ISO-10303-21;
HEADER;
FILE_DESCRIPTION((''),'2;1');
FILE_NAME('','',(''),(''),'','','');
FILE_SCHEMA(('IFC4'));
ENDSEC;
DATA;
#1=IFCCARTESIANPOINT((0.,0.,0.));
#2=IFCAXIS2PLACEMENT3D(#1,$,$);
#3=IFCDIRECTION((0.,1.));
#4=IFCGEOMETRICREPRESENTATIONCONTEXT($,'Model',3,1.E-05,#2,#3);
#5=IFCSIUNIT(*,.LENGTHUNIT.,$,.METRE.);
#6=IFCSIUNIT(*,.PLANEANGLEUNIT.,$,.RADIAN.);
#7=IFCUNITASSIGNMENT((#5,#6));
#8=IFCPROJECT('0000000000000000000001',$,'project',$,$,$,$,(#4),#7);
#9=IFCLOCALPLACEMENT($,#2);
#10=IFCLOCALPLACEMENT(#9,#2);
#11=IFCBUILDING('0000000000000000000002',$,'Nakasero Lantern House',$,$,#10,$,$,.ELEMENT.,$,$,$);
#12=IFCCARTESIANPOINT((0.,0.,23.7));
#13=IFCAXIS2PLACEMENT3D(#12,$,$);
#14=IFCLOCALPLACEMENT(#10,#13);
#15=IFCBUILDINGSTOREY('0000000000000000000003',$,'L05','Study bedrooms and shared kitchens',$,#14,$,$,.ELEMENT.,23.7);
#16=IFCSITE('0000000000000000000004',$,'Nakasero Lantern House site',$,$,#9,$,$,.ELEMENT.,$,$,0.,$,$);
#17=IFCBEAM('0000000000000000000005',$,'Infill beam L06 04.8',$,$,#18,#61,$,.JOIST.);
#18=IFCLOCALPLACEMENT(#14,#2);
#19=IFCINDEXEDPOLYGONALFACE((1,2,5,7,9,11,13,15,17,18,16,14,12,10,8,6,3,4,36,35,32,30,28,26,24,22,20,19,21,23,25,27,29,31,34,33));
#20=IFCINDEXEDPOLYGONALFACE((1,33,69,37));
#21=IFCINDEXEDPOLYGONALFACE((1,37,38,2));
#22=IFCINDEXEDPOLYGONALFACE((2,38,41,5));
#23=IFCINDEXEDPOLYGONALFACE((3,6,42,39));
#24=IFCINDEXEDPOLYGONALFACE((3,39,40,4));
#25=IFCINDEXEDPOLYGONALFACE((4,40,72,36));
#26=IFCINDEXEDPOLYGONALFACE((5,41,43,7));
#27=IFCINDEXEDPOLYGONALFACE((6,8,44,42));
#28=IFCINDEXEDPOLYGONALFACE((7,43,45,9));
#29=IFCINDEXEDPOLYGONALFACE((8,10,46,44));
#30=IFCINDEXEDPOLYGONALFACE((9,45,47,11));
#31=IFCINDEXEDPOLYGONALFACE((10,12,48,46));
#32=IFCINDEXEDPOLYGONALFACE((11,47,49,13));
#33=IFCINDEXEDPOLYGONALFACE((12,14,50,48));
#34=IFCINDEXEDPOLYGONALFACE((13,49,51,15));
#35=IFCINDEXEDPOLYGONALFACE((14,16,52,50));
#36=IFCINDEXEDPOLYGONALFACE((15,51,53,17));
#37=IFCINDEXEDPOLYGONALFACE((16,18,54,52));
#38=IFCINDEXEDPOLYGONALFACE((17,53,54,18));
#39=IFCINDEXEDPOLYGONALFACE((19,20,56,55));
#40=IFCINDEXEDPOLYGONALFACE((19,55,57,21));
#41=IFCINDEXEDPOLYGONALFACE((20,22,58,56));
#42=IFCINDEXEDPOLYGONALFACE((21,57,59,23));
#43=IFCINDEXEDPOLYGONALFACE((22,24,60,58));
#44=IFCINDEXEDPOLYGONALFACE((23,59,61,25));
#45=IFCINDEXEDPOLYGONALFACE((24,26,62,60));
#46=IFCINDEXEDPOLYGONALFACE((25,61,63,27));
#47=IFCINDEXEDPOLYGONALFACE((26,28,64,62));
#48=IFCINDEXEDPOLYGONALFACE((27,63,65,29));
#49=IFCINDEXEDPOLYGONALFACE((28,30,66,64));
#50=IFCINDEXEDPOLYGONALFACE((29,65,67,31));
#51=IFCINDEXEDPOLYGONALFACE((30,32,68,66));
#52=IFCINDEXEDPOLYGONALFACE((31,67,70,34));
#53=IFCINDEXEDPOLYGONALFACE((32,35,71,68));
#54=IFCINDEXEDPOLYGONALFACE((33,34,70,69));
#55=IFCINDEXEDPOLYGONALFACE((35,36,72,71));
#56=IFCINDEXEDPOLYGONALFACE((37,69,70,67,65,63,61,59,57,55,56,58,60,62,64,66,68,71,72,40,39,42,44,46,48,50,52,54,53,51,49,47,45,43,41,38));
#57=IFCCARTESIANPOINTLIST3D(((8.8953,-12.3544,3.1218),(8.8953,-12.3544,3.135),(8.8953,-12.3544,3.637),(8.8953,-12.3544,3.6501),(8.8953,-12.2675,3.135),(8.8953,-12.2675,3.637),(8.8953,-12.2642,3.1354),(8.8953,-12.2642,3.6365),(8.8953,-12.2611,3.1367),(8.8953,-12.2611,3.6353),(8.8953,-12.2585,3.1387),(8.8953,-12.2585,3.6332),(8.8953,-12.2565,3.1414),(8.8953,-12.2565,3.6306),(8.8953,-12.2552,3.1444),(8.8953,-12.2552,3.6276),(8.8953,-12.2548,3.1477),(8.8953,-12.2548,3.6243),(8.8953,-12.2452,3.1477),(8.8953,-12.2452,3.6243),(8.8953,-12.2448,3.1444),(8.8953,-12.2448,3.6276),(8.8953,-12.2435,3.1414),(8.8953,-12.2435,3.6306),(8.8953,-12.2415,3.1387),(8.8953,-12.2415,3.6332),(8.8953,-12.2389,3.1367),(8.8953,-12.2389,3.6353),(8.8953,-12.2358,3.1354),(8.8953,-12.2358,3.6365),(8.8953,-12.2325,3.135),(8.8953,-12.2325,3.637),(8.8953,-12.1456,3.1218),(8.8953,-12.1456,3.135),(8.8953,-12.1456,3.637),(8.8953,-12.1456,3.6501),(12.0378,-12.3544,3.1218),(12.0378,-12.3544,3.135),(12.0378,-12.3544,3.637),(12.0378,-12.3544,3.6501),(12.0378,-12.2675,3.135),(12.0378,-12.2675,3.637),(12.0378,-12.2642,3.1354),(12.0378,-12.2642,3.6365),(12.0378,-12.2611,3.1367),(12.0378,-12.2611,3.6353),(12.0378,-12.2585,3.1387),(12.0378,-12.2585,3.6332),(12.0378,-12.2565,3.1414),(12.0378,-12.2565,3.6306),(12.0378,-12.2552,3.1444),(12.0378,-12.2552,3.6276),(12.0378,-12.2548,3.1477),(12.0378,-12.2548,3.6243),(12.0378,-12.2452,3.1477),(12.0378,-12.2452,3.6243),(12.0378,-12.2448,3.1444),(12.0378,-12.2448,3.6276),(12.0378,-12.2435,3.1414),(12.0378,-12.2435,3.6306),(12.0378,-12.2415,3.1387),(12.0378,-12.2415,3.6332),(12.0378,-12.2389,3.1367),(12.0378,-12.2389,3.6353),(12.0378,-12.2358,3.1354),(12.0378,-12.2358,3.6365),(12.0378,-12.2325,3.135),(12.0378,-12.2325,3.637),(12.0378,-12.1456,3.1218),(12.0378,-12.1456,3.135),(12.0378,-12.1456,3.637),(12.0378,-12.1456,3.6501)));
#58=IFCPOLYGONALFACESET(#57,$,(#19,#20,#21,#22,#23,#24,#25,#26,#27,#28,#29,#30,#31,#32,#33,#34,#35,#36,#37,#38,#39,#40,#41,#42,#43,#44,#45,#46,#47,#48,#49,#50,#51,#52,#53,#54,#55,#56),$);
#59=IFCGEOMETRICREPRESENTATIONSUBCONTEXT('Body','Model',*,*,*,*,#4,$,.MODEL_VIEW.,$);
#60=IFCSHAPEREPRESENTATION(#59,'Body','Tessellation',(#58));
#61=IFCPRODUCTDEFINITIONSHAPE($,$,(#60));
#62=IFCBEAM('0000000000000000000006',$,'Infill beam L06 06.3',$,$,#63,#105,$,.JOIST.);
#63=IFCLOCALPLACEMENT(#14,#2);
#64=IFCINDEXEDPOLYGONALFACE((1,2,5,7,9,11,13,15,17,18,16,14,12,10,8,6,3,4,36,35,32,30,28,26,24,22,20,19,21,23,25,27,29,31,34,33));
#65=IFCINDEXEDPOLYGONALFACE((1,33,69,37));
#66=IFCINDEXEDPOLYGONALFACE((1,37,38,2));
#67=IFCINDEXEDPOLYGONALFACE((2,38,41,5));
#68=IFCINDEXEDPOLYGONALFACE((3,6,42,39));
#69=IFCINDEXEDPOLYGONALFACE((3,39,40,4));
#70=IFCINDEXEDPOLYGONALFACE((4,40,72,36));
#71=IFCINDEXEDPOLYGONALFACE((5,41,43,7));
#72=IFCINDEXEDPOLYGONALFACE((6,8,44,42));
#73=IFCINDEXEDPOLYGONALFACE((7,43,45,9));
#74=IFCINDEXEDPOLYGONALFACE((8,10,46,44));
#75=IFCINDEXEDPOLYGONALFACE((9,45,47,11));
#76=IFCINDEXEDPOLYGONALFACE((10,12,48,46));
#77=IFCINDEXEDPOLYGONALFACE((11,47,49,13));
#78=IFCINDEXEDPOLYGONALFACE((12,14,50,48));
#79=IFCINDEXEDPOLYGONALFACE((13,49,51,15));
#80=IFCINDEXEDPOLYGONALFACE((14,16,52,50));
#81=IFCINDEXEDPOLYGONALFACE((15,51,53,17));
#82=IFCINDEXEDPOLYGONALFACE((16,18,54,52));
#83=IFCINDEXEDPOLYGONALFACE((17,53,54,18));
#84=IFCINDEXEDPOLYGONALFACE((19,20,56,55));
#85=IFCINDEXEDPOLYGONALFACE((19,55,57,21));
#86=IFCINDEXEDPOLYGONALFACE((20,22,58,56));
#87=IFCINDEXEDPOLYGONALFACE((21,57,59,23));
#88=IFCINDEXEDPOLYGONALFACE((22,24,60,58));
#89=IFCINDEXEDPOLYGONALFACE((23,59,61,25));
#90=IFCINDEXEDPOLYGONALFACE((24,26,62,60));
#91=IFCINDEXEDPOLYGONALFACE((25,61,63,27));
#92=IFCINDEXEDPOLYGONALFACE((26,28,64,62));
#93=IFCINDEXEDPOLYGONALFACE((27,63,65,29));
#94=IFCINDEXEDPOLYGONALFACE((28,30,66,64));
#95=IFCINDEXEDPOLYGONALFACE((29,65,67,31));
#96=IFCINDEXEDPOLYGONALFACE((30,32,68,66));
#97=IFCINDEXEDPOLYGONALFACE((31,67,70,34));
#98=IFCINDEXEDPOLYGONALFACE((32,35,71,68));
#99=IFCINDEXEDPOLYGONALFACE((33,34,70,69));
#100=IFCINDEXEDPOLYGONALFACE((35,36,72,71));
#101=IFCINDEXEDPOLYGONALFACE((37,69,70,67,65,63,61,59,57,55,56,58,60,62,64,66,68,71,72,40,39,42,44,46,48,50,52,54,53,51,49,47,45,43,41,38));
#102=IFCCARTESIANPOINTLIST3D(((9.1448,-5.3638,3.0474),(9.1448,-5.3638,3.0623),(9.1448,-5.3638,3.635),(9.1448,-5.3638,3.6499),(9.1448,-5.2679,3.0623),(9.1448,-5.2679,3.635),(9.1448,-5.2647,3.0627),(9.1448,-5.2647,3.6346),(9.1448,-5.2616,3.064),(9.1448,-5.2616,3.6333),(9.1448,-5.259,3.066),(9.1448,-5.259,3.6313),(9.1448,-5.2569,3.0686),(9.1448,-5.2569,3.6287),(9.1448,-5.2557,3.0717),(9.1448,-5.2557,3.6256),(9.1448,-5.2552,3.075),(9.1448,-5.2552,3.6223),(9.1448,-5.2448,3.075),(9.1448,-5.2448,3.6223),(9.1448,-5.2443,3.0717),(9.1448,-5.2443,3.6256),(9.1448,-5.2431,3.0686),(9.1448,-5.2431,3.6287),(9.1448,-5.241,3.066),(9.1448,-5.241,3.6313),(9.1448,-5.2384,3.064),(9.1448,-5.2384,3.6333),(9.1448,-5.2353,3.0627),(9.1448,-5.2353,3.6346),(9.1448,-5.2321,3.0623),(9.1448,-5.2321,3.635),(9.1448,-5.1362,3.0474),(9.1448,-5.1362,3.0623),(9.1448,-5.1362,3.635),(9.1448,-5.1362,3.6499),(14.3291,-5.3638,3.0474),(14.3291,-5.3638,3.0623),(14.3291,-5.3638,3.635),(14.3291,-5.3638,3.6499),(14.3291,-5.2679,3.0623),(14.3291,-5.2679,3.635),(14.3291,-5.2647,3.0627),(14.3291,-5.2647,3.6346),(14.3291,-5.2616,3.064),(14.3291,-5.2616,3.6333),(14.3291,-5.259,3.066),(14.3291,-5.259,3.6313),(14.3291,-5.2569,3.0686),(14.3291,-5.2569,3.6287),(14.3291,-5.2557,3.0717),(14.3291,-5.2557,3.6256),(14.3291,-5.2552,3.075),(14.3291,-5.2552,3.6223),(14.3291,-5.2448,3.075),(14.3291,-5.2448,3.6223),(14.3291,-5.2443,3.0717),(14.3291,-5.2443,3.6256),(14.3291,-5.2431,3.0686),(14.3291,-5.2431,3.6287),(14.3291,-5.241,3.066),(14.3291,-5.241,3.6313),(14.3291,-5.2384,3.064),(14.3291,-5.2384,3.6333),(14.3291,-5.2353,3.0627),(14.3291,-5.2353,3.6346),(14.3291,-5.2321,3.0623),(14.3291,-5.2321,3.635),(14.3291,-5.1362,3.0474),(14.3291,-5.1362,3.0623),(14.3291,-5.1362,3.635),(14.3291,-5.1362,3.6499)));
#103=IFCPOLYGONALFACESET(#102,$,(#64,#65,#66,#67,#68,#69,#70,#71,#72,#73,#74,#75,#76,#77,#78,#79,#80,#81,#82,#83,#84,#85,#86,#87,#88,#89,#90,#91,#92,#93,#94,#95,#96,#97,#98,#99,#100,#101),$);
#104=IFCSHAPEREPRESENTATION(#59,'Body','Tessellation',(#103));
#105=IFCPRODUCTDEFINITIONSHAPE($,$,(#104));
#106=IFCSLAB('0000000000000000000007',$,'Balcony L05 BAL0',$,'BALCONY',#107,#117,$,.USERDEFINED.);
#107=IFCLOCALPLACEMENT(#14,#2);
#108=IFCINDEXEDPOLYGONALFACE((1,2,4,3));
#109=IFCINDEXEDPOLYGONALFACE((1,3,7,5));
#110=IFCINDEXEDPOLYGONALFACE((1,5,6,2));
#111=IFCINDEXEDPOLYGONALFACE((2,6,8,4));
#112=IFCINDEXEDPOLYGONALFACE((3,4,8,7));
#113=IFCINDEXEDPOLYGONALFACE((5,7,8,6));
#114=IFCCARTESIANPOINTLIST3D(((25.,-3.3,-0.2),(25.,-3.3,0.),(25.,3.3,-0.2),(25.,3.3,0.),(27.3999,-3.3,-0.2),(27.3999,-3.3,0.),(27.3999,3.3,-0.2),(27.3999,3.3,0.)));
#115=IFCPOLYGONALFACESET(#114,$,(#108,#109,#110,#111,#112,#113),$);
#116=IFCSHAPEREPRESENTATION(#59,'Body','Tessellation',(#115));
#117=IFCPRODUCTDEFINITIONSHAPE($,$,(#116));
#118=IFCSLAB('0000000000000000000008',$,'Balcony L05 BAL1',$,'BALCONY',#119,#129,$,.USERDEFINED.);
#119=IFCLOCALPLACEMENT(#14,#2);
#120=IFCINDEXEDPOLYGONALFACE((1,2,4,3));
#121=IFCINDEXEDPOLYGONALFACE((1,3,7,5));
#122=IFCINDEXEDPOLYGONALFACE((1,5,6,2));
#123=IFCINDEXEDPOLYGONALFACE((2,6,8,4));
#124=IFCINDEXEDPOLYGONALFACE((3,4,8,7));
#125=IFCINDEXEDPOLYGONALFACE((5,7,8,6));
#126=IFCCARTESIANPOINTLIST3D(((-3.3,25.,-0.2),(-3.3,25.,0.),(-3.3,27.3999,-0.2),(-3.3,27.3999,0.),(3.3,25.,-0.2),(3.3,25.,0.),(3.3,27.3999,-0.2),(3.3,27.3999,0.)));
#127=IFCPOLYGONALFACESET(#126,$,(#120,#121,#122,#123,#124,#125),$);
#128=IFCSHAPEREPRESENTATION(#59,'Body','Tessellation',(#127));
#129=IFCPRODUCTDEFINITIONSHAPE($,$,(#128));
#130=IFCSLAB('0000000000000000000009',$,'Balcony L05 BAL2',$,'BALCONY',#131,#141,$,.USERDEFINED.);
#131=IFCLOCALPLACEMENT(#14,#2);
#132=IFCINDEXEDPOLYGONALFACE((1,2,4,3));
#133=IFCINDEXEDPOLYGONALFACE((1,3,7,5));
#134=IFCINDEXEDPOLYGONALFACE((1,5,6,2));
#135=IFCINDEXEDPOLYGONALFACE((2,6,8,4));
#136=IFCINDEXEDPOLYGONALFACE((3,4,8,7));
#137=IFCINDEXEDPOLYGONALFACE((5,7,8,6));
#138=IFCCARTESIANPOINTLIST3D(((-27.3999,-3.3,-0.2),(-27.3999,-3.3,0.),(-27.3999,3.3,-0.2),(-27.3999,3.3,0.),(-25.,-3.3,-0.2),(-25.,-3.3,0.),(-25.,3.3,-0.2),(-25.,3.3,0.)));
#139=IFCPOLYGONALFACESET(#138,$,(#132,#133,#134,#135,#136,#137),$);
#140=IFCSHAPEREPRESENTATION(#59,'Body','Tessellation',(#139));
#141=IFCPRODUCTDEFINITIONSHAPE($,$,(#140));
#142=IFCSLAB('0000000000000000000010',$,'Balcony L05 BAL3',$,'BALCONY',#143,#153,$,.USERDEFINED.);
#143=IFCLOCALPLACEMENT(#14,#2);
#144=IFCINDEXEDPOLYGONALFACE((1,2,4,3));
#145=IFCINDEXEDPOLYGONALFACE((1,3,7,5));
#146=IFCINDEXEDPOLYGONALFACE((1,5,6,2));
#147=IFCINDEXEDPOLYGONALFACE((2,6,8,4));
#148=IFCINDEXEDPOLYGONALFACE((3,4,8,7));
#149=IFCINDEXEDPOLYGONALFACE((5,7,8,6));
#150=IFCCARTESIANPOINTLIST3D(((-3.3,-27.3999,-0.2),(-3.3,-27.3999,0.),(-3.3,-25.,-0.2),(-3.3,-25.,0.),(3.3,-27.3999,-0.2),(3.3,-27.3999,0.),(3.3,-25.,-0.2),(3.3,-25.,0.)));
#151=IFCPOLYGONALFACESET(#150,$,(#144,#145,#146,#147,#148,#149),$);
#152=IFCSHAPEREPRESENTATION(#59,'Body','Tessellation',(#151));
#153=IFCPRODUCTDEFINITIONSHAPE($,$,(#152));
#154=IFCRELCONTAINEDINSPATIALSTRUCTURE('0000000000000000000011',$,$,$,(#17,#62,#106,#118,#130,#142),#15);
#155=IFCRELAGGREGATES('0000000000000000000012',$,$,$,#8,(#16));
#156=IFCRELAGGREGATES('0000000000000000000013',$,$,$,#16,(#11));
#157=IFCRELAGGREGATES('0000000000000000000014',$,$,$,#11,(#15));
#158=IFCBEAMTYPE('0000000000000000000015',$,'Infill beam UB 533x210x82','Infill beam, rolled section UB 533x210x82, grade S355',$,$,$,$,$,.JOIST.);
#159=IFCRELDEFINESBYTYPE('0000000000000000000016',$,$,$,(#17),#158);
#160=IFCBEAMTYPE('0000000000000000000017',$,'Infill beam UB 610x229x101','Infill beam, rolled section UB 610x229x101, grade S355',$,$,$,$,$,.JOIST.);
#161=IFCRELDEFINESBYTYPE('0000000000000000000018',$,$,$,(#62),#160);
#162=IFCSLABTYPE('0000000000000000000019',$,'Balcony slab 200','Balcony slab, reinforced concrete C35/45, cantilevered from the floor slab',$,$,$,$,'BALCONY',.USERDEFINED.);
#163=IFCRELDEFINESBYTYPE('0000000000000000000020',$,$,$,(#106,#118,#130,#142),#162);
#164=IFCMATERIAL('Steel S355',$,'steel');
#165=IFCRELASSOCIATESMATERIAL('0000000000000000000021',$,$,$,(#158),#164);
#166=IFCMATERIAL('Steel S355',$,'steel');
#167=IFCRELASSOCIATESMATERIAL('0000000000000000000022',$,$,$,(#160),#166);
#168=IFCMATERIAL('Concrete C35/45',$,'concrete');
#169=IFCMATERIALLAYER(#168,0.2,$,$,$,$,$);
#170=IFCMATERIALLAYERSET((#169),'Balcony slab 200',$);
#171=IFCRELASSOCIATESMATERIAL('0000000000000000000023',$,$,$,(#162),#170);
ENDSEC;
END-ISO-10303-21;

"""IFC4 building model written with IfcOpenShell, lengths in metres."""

from ifc_helpers import new_model, si_unit, direction, frame, origin, origin_2d, place, context, subcontext, project, spatial, polyline, i_section, outline, extrude, material, layer, layer_set, material_profile, profile_set, type_object, element, save


model = new_model("IFC4")

# Units and contexts
model_context = context("Model", 3, precision=1e-05, world=origin(), true_north=direction((0.0, 1.0)))
body_context = subcontext(model_context, "Body", "Model", "MODEL_VIEW")
ifc_project = project(units=[si_unit("LENGTHUNIT", "METRE"), si_unit("PLANEANGLEUNIT", "RADIAN")], contexts=[model_context])

# Site, building, storey
site_placement = place(None, origin())
site = spatial("IfcSite", under=ifc_project, at=site_placement, Name="Nakasero Lantern House site", CompositionType="ELEMENT", RefElevation=0.0)
building_placement = place(site_placement, origin())
building = spatial("IfcBuilding", under=site, at=building_placement, Name="Nakasero Lantern House", CompositionType="ELEMENT")
storey_placement = place(building_placement, frame((0.0, 0.0, 23.7)))
storey = spatial("IfcBuildingStorey", under=building, at=storey_placement, Name="L05", Description="Study bedrooms and shared kitchens", CompositionType="ELEMENT", Elevation=23.7)

# Beams
ifc_material_1 = material(Name="Steel S355", Category="steel")
ifc_material_profile_1 = material_profile(ifc_material_1, i_section(OverallWidth=0.2087, OverallDepth=0.5283, WebThickness=0.0095, FlangeThickness=0.0132, FilletRadius=0.0127, at=origin_2d()), Name="UB 533x210x82")
ifc_profile_set_1 = profile_set([ifc_material_profile_1], Name="Steel S355")
beam_type_1 = type_object("IfcBeamType", Name="Infill beam UB 533x210x82", Description="Infill beam, rolled section UB 533x210x82, grade S355", PredefinedType="JOIST", material=ifc_profile_set_1)
beam_1_placement = place(storey_placement, frame((8.8953, -12.25, 3.386), z_axis=(1.0, 0.0, 0.0), x_axis=(0.0, 1.0, 0.0)))
element("IfcBeam", 1, at=beam_1_placement, inside=storey, type_object=beam_type_1, Name="Infill beam L06 04.8", PredefinedType="JOIST", context=body_context, shape_type="SweptSolid", body=[
    extrude(i_section(OverallWidth=0.2087, OverallDepth=0.5283, WebThickness=0.0095, FlangeThickness=0.0132, FilletRadius=0.0127, at=origin_2d()), origin(), (0.0, 0.0, 1.0), 3.1426),
])
ifc_material_2 = material(Name="Steel S355", Category="steel")
ifc_material_profile_2 = material_profile(ifc_material_2, i_section(OverallWidth=0.2275, OverallDepth=0.6025, WebThickness=0.0105, FlangeThickness=0.0149, FilletRadius=0.0127, at=origin_2d()), Name="UB 610x229x101")
ifc_profile_set_2 = profile_set([ifc_material_profile_2], Name="Steel S355")
beam_type_2 = type_object("IfcBeamType", Name="Infill beam UB 610x229x101", Description="Infill beam, rolled section UB 610x229x101, grade S355", PredefinedType="JOIST", material=ifc_profile_set_2)
beam_2_placement = place(storey_placement, frame((9.1448, -5.25, 3.3486), z_axis=(1.0, 0.0, 0.0), x_axis=(0.0, 1.0, 0.0)))
element("IfcBeam", 2, at=beam_2_placement, inside=storey, type_object=beam_type_2, Name="Infill beam L06 06.3", PredefinedType="JOIST", context=body_context, shape_type="SweptSolid", body=[
    extrude(i_section(OverallWidth=0.2275, OverallDepth=0.6025, WebThickness=0.0105, FlangeThickness=0.0149, FilletRadius=0.0127, at=origin_2d()), origin(), (0.0, 0.0, 1.0), 5.1843),
])

# Slabs
ifc_material_3 = material(Name="Concrete C35/45", Category="concrete")
ifc_layer_1 = layer(ifc_material_3, 0.2)
ifc_layer_set_1 = layer_set([ifc_layer_1], Name="Balcony slab 200")
slab_type_1 = type_object("IfcSlabType", Name="Balcony slab 200", Description="Balcony slab, reinforced concrete C35/45, cantilevered from the floor slab", ElementType="BALCONY", PredefinedType="USERDEFINED", material=ifc_layer_set_1)
slab_1_placement = place(storey_placement, frame((0.0, 0.0, -0.2)))
element("IfcSlab", 3, at=slab_1_placement, inside=storey, type_object=slab_type_1, Name="Balcony L05 BAL0", ObjectType="BALCONY", PredefinedType="USERDEFINED", context=body_context, shape_type="SweptSolid", body=[
    extrude(outline(polyline([(25.0, -3.3), (27.3999, -3.3), (27.3999, 3.3), (25.0, 3.3), (25.0, -3.3)])), origin(), (0.0, 0.0, 1.0), 0.2),
])
slab_2_placement = place(storey_placement, frame((0.0, 0.0, -0.2)))
element("IfcSlab", 4, at=slab_2_placement, inside=storey, type_object=slab_type_1, Name="Balcony L05 BAL1", ObjectType="BALCONY", PredefinedType="USERDEFINED", context=body_context, shape_type="SweptSolid", body=[
    extrude(outline(polyline([(3.3, 25.0), (3.3, 27.3999), (-3.3, 27.3999), (-3.3, 25.0), (3.3, 25.0)])), origin(), (0.0, 0.0, 1.0), 0.2),
])
slab_3_placement = place(storey_placement, frame((0.0, 0.0, -0.2)))
element("IfcSlab", 5, at=slab_3_placement, inside=storey, type_object=slab_type_1, Name="Balcony L05 BAL2", ObjectType="BALCONY", PredefinedType="USERDEFINED", context=body_context, shape_type="SweptSolid", body=[
    extrude(outline(polyline([(-25.0, 3.3), (-27.3999, 3.3), (-27.3999, -3.3), (-25.0, -3.3), (-25.0, 3.3)])), origin(), (0.0, 0.0, 1.0), 0.2),
])
slab_4_placement = place(storey_placement, frame((0.0, 0.0, -0.2)))
element("IfcSlab", 6, at=slab_4_placement, inside=storey, type_object=slab_type_1, Name="Balcony L05 BAL3", ObjectType="BALCONY", PredefinedType="USERDEFINED", context=body_context, shape_type="SweptSolid", body=[
    extrude(outline(polyline([(-3.3, -25.0), (-3.3, -27.3999), (3.3, -27.3999), (3.3, -25.0), (-3.3, -25.0)])), origin(), (0.0, 0.0, 1.0), 0.2),
])

save(model, "model.ifc")
